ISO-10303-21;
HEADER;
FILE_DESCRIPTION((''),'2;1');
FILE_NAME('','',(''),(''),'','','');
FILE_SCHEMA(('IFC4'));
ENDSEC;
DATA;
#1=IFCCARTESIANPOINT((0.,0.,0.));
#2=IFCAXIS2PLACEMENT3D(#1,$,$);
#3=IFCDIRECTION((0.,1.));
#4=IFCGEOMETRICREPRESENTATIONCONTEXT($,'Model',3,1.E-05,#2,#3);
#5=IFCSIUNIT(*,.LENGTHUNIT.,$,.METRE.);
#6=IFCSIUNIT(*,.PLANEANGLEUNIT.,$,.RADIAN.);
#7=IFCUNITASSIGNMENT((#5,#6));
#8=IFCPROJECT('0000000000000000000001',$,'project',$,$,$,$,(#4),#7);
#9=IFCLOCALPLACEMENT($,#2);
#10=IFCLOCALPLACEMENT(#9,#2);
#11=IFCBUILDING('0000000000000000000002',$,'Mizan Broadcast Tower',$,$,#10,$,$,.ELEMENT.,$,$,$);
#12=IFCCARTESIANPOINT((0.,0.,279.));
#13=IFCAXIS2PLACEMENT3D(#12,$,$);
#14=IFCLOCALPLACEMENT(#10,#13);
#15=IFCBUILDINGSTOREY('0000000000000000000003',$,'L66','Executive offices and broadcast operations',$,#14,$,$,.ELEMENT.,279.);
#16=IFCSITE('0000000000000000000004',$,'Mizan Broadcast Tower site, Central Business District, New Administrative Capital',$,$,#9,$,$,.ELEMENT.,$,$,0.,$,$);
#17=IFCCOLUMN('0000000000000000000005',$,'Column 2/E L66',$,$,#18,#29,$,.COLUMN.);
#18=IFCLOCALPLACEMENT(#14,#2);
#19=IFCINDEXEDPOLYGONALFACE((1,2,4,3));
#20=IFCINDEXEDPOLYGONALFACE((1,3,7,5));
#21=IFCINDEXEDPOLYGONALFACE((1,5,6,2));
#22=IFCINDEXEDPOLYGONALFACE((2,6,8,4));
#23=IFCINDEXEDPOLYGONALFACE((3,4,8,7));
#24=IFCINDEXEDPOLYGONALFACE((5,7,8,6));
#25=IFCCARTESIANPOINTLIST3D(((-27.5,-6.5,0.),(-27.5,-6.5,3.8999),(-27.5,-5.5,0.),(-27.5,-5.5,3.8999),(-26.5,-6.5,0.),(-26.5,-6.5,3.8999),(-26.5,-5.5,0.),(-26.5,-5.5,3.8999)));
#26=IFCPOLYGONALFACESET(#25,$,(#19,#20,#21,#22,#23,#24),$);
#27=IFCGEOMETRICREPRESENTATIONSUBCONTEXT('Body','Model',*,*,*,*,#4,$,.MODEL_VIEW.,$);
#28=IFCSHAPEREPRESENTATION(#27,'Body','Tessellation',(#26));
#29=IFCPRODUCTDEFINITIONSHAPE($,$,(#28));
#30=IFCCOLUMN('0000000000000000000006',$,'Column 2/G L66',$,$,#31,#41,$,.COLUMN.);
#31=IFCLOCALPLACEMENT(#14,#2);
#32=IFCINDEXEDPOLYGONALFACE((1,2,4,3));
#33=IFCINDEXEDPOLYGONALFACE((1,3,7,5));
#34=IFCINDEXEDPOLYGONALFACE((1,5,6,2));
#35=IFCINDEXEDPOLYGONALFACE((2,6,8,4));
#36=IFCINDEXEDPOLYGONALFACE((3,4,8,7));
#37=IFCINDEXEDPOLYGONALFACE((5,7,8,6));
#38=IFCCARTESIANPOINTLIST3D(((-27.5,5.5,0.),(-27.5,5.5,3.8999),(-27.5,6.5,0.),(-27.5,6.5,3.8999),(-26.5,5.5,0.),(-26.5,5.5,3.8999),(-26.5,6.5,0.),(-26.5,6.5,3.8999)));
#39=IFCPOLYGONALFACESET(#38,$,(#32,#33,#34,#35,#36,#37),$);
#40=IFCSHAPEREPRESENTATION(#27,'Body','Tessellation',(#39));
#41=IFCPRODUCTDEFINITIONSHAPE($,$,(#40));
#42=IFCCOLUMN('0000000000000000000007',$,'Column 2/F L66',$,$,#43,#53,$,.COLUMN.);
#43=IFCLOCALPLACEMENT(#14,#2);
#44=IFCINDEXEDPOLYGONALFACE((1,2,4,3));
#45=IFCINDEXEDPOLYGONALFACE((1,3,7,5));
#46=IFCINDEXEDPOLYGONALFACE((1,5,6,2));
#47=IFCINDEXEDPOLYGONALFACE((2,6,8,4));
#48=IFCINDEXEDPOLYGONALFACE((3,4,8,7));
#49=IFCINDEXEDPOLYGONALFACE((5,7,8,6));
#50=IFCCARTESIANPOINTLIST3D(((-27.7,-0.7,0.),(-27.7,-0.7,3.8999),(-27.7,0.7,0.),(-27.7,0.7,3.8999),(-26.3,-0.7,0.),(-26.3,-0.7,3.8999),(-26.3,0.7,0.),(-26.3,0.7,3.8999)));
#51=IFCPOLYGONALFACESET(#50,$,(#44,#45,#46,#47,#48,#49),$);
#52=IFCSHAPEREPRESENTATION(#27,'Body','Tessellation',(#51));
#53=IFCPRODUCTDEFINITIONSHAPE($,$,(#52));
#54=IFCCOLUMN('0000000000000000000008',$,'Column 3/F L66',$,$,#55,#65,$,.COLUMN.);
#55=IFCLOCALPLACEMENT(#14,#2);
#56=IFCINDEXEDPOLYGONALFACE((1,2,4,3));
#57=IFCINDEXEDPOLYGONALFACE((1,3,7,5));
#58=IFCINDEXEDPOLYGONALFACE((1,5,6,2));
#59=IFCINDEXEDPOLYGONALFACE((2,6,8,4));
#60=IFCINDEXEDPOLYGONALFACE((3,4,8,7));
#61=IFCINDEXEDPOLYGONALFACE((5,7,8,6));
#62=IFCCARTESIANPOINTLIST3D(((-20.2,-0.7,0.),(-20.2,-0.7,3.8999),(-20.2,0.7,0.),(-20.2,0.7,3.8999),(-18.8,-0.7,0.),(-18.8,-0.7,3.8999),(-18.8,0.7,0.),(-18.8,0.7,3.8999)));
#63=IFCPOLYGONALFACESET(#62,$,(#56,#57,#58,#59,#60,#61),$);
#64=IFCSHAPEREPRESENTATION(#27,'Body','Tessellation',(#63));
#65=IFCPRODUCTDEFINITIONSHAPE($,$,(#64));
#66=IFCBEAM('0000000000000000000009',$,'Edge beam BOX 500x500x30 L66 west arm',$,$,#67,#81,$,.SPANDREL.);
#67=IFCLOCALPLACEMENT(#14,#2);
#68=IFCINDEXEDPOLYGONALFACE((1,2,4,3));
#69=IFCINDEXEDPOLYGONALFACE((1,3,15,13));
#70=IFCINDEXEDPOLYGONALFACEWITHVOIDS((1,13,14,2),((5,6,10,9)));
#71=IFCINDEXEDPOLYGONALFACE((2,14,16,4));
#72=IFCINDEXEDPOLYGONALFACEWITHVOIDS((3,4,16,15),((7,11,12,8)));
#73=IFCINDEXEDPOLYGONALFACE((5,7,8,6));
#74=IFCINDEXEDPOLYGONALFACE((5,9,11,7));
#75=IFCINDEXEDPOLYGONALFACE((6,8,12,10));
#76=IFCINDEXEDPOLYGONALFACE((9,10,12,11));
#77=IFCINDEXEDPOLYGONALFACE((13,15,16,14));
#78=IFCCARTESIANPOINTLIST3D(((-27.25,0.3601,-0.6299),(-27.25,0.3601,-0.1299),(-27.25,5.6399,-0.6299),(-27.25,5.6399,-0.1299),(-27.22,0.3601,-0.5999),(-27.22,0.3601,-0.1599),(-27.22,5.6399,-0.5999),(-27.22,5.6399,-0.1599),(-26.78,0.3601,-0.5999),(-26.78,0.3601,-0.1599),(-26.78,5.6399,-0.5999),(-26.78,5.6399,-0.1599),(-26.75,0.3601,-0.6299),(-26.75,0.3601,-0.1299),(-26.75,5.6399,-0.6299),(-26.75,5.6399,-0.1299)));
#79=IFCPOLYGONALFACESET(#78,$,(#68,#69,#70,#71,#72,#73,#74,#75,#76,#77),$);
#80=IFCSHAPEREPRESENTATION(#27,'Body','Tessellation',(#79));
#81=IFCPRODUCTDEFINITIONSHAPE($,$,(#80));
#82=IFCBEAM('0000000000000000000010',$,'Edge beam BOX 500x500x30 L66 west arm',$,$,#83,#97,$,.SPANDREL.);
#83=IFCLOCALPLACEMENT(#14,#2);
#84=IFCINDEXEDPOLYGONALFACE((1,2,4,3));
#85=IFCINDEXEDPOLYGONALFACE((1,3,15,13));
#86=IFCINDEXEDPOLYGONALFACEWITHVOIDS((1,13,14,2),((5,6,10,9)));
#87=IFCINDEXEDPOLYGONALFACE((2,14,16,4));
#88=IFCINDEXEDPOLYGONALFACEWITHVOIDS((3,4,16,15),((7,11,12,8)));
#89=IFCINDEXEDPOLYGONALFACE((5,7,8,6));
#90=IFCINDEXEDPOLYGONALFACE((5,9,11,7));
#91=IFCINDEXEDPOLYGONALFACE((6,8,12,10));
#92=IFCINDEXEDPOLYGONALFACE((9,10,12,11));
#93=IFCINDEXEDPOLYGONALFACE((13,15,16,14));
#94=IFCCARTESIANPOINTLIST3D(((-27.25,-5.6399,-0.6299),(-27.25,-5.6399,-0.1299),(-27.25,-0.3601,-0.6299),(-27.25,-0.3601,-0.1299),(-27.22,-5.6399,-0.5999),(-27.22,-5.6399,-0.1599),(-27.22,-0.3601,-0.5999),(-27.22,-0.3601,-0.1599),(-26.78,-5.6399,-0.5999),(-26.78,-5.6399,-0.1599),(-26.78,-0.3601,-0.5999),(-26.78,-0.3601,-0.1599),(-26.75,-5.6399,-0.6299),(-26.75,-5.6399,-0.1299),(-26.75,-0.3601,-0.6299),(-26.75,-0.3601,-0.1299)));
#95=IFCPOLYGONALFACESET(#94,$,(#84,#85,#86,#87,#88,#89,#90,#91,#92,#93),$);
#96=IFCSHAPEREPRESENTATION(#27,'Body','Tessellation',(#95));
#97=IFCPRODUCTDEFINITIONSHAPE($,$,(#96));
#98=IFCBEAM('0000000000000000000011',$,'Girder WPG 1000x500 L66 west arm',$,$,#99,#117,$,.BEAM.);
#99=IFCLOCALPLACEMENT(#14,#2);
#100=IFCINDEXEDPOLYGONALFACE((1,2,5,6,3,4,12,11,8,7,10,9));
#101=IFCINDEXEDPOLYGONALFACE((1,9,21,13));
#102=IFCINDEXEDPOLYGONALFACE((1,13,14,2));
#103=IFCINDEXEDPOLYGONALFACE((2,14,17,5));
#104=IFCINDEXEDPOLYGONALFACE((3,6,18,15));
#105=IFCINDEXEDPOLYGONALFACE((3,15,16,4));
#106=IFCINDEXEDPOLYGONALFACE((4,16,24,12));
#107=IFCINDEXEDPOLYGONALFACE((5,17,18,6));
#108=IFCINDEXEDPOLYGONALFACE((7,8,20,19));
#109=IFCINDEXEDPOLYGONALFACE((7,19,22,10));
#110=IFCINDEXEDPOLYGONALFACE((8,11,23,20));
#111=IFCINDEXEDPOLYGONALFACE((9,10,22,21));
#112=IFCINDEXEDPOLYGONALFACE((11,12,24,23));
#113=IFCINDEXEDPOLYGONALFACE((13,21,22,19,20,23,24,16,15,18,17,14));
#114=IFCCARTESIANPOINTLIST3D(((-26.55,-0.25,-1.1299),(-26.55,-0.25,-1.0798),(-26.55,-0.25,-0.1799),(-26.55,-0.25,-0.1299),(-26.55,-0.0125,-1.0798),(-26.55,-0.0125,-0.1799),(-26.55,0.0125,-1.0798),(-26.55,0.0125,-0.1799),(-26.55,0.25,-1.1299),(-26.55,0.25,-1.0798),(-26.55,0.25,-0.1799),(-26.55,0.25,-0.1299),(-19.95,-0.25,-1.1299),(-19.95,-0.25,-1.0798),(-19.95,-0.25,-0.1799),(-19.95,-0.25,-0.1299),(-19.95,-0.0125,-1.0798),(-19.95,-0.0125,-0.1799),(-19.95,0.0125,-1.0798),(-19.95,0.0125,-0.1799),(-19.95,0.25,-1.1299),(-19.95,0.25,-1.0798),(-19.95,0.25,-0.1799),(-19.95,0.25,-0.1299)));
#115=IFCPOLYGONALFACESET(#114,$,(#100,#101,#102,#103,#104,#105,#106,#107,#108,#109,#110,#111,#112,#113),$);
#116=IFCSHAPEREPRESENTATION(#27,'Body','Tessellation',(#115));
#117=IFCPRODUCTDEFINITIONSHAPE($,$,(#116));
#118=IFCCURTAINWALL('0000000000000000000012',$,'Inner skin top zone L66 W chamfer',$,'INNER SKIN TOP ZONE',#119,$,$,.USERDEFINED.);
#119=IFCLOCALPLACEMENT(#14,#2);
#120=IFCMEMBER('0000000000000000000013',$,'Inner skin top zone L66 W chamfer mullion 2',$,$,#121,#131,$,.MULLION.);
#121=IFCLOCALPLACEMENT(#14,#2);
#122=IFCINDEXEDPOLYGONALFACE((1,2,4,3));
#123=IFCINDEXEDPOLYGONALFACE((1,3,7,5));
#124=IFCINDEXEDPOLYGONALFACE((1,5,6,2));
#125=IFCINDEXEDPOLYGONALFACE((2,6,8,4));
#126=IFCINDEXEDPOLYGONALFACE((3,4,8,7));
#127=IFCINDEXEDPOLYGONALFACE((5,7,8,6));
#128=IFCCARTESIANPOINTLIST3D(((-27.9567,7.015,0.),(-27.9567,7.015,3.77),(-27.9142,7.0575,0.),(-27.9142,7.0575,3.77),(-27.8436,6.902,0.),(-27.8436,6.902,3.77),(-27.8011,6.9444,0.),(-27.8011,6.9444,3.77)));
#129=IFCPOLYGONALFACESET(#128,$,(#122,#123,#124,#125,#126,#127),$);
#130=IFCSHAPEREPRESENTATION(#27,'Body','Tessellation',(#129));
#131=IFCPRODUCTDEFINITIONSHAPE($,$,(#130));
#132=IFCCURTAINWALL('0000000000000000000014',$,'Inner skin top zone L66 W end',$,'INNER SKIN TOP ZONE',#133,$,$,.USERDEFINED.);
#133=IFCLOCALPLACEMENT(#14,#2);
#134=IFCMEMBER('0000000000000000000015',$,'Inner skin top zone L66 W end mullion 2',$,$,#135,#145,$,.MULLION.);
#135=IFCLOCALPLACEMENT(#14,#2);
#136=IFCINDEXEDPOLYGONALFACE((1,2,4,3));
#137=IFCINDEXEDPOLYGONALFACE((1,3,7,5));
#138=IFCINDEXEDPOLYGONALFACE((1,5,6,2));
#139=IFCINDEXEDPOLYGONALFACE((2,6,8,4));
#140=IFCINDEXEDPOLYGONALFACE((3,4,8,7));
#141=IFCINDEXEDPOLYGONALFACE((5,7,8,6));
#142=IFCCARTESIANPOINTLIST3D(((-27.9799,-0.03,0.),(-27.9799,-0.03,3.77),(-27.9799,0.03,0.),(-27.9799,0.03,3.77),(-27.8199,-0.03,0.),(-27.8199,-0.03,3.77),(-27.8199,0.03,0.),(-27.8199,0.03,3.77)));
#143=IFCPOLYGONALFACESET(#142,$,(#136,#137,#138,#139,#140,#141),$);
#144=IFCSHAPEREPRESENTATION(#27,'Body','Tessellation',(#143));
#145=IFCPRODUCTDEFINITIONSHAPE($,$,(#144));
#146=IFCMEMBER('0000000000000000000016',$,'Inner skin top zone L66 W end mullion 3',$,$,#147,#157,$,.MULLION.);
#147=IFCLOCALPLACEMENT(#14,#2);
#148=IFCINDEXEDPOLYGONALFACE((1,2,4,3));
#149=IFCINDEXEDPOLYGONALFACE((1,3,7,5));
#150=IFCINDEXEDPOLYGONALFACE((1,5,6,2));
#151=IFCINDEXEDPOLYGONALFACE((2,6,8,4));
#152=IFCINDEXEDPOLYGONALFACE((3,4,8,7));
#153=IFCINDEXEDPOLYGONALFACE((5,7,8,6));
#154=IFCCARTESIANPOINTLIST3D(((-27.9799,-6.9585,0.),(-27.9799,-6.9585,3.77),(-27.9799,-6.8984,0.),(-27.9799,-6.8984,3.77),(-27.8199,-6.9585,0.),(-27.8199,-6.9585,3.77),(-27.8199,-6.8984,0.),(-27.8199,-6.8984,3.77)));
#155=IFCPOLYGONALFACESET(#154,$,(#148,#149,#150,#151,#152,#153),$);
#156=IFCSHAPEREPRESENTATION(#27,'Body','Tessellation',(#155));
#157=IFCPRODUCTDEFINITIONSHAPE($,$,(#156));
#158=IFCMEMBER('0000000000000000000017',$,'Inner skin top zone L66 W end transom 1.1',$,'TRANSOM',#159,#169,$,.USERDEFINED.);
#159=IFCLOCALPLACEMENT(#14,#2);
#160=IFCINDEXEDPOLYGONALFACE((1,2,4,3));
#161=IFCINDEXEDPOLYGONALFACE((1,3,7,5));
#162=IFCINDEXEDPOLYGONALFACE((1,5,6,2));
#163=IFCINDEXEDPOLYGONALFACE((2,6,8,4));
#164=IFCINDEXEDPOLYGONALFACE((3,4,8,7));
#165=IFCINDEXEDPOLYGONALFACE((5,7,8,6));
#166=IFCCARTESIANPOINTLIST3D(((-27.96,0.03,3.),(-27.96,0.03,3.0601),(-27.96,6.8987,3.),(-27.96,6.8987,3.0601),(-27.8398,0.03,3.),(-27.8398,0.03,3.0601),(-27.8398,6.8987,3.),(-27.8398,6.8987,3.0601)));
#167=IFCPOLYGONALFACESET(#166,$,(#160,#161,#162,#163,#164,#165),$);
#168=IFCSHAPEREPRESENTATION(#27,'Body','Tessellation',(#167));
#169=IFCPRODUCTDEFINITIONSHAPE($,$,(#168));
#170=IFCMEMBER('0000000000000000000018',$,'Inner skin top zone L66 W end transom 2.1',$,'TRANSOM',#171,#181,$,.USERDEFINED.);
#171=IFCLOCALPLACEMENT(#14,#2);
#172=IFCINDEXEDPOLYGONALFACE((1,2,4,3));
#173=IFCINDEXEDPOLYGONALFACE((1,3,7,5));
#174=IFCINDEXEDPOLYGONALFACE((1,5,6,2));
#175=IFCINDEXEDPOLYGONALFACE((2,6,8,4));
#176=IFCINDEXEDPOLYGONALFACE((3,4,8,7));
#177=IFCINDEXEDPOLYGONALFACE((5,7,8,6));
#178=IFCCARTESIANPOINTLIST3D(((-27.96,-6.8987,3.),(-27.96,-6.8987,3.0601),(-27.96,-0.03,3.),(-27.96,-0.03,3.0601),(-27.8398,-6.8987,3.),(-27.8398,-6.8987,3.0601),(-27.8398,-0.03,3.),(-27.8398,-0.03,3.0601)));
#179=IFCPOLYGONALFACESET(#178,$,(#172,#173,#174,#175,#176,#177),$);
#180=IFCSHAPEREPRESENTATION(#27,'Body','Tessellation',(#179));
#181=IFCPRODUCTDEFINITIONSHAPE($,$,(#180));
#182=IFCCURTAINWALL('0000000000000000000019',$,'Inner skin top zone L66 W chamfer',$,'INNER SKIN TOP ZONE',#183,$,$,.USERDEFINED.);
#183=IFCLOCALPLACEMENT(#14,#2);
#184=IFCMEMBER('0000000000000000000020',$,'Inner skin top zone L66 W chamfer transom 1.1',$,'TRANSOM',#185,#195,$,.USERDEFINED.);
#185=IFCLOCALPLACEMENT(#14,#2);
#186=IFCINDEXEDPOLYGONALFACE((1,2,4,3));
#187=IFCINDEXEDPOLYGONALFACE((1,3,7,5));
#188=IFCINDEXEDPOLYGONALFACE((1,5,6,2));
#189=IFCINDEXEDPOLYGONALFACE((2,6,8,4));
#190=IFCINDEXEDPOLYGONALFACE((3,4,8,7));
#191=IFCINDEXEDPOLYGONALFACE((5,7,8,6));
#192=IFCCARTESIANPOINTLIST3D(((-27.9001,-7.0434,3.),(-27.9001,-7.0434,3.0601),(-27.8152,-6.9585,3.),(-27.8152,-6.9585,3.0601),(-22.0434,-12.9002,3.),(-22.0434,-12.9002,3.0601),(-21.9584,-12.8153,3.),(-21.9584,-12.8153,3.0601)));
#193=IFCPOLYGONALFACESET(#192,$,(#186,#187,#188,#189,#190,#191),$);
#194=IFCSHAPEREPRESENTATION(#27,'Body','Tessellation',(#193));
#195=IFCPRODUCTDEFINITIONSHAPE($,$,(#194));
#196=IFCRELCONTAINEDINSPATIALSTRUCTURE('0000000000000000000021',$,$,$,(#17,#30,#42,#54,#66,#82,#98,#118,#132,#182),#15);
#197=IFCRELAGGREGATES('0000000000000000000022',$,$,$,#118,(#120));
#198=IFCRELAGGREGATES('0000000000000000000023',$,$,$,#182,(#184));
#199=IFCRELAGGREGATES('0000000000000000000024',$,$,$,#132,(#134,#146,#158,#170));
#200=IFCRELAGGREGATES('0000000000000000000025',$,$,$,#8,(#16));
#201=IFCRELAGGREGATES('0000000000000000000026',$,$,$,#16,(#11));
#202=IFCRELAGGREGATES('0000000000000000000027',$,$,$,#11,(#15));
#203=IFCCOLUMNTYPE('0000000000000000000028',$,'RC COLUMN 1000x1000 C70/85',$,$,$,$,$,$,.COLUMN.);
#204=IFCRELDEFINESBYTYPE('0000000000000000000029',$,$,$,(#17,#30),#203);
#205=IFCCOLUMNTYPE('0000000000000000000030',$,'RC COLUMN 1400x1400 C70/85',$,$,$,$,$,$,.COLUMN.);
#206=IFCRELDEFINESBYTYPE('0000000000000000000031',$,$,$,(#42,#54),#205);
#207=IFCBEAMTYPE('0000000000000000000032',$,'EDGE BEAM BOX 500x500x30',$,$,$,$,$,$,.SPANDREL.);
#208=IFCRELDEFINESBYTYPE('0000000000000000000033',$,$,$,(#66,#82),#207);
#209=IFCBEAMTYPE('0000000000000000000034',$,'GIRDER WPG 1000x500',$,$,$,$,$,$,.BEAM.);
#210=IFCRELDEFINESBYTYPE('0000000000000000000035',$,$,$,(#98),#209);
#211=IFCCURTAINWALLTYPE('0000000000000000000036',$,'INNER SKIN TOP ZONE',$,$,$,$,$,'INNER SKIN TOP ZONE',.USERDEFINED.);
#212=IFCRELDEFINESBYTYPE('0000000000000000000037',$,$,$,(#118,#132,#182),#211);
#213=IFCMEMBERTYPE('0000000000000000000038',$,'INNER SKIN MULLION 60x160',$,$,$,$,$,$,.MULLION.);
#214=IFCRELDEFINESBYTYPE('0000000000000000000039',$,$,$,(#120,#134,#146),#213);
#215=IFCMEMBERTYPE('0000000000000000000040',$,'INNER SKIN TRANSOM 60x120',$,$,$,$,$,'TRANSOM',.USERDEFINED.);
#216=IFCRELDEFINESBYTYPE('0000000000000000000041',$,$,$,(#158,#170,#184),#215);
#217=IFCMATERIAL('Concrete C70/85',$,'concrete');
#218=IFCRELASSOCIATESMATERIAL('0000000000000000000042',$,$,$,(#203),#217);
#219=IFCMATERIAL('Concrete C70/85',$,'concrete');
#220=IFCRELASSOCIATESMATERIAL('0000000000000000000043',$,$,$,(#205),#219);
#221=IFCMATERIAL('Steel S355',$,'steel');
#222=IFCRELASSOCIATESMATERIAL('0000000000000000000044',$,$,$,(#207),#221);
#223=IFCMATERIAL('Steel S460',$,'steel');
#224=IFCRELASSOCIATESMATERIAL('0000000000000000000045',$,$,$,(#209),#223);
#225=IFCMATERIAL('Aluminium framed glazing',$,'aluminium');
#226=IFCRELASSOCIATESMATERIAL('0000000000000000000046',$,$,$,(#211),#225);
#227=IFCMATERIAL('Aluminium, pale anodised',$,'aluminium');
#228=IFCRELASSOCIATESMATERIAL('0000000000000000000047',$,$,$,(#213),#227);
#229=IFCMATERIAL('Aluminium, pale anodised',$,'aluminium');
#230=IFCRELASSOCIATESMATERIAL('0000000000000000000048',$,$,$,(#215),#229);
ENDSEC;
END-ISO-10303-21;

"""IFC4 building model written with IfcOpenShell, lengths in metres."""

from ifc_helpers import new_model, si_unit, direction, frame, origin, origin_2d, place, context, subcontext, project, spatial, rectangle, hollow_rectangle, i_section, extrude, material, material_profile, profile_set, type_object, element, aggregate, save


model = new_model("IFC4")

# Units and contexts
model_context = context("Model", 3, precision=1e-05, world=origin(), true_north=direction((0.0, 1.0)))
body_context = subcontext(model_context, "Body", "Model", "MODEL_VIEW")
ifc_project = project(units=[si_unit("LENGTHUNIT", "METRE"), si_unit("PLANEANGLEUNIT", "RADIAN")], contexts=[model_context])

# Site, building, storey
site_placement = place(None, origin())
site = spatial("IfcSite", under=ifc_project, at=site_placement, Name="Mizan Broadcast Tower site, Central Business District, New Administrative Capital", CompositionType="ELEMENT", RefElevation=0.0)
building_placement = place(site_placement, origin())
building = spatial("IfcBuilding", under=site, at=building_placement, Name="Mizan Broadcast Tower", CompositionType="ELEMENT")
storey_placement = place(building_placement, frame((0.0, 0.0, 279.0)))
storey = spatial("IfcBuildingStorey", under=building, at=storey_placement, Name="L66", Description="Executive offices and broadcast operations", CompositionType="ELEMENT", Elevation=279.0)

# Columns
ifc_material_1 = material(Name="Concrete C70/85", Category="concrete")
ifc_material_profile_1 = material_profile(ifc_material_1, rectangle(XDim=1.0, YDim=1.0, at=origin_2d()), Name="RC 1000x1000")
ifc_profile_set_1 = profile_set([ifc_material_profile_1], Name="Concrete C70/85")
column_type_1 = type_object("IfcColumnType", Name="RC COLUMN 1000x1000 C70/85", PredefinedType="COLUMN", material=ifc_profile_set_1)
for number, where, z_axis, x_axis, name in (
    (1, (-27.0, -6.0, 0.0), (0.0, 0.0, 1.0), (1.0, 0.0, 0.0), "Column 2/E L66"),
    (2, (-27.0, 6.0, 0.0), (0.0, 0.0, 1.0), (1.0, 0.0, 0.0), "Column 2/G L66"),
):
    element("IfcColumn", number, at=place(storey_placement, frame(where, z_axis=z_axis, x_axis=x_axis)), inside=storey, type_object=column_type_1, Name=name, PredefinedType="COLUMN", context=body_context, shape_type="SweptSolid", body=[
        extrude(rectangle(XDim=1.0, YDim=1.0, at=origin_2d()), origin(), (0.0, 0.0, 1.0), 3.8999),
    ])
ifc_material_2 = material(Name="Concrete C70/85", Category="concrete")
ifc_material_profile_2 = material_profile(ifc_material_2, rectangle(XDim=1.3999, YDim=1.3999, at=origin_2d()), Name="RC 1400x1400")
ifc_profile_set_2 = profile_set([ifc_material_profile_2], Name="Concrete C70/85")
column_type_2 = type_object("IfcColumnType", Name="RC COLUMN 1400x1400 C70/85", PredefinedType="COLUMN", material=ifc_profile_set_2)
for number, where, z_axis, x_axis, name in (
    (3, (-27.0, 0.0, 0.0), (0.0, 0.0, 1.0), (1.0, 0.0, 0.0), "Column 2/F L66"),
    (4, (-19.5, 0.0, 0.0), (0.0, 0.0, 1.0), (1.0, 0.0, 0.0), "Column 3/F L66"),
):
    element("IfcColumn", number, at=place(storey_placement, frame(where, z_axis=z_axis, x_axis=x_axis)), inside=storey, type_object=column_type_2, Name=name, PredefinedType="COLUMN", context=body_context, shape_type="SweptSolid", body=[
        extrude(rectangle(XDim=1.3999, YDim=1.3999, at=origin_2d()), origin(), (0.0, 0.0, 1.0), 3.8999),
    ])

# Beams
ifc_material_3 = material(Name="Steel S355", Category="steel")
ifc_material_profile_3 = material_profile(ifc_material_3, hollow_rectangle(XDim=0.5, YDim=0.5, WallThickness=0.03, at=origin_2d()), Name="BOX 500x500x30")
ifc_profile_set_3 = profile_set([ifc_material_profile_3], Name="Steel S355")
beam_type_1 = type_object("IfcBeamType", Name="EDGE BEAM BOX 500x500x30", PredefinedType="SPANDREL", material=ifc_profile_set_3)
for number, where, z_axis, x_axis, name in (
    (5, (-27.0, 5.6399, -0.3799), (0.0, -1.0, 0.0), (1.0, 0.0, 0.0), "Edge beam BOX 500x500x30 L66 west arm"),
    (6, (-27.0, -5.6399, -0.3799), (0.0, 1.0, 0.0), (-1.0, 0.0, 0.0), "Edge beam BOX 500x500x30 L66 west arm"),
):
    element("IfcBeam", number, at=place(storey_placement, frame(where, z_axis=z_axis, x_axis=x_axis)), inside=storey, type_object=beam_type_1, Name=name, PredefinedType="SPANDREL", context=body_context, shape_type="SweptSolid", body=[
        extrude(hollow_rectangle(XDim=0.5, YDim=0.5, WallThickness=0.03, at=origin_2d()), origin(), (0.0, 0.0, 1.0), 5.2798),
    ])
ifc_material_4 = material(Name="Steel S460", Category="steel")
ifc_material_profile_4 = material_profile(ifc_material_4, i_section(OverallWidth=0.5, OverallDepth=1.0, WebThickness=0.0249, FlangeThickness=0.05, at=origin_2d()), Name="WPG 1000x500")
ifc_profile_set_4 = profile_set([ifc_material_profile_4], Name="Steel S460")
beam_type_2 = type_object("IfcBeamType", Name="GIRDER WPG 1000x500", PredefinedType="BEAM", material=ifc_profile_set_4)
beam_placement = place(storey_placement, frame((-19.95, 0.0, -0.6299), z_axis=(-1.0, 0.0, 0.0), x_axis=(0.0, -1.0, 0.0)))
element("IfcBeam", 7, at=beam_placement, inside=storey, type_object=beam_type_2, Name="Girder WPG 1000x500 L66 west arm", PredefinedType="BEAM", context=body_context, shape_type="SweptSolid", body=[
    extrude(i_section(OverallWidth=0.5, OverallDepth=1.0, WebThickness=0.0249, FlangeThickness=0.05, at=origin_2d()), origin(), (0.0, 0.0, 1.0), 6.6001),
])

# Curtain wall, member
ifc_material_5 = material(Name="Aluminium framed glazing", Category="aluminium")
curtain_wall_type_1 = type_object("IfcCurtainWallType", Name="INNER SKIN TOP ZONE", ElementType="INNER SKIN TOP ZONE", PredefinedType="USERDEFINED", material=ifc_material_5)
curtain_wall_1_placement = place(storey_placement, origin())
curtain_wall_1 = element("IfcCurtainWall", 8, at=curtain_wall_1_placement, inside=storey, type_object=curtain_wall_type_1, Name="Inner skin top zone L66 W chamfer", ObjectType="INNER SKIN TOP ZONE", PredefinedType="USERDEFINED")
ifc_material_6 = material(Name="Aluminium, pale anodised", Category="aluminium")
ifc_material_profile_5 = material_profile(ifc_material_6, rectangle(XDim=0.1599, YDim=0.0601, at=origin_2d()), Name="MULLION 160x60")
ifc_profile_set_5 = profile_set([ifc_material_profile_5], Name="Aluminium, pale anodised")
member_type_1 = type_object("IfcMemberType", Name="INNER SKIN MULLION 60x160", PredefinedType="MULLION", material=ifc_profile_set_5)
member_1_placement = place(storey_placement, frame((-27.8789, 6.9797, 0.0), z_axis=(0.0, 0.0, 1.0), x_axis=(0.707107, -0.707107, 0.0)))
member_1 = element("IfcMember", 9, at=member_1_placement, type_object=member_type_1, Name="Inner skin top zone L66 W chamfer mullion 2", PredefinedType="MULLION", context=body_context, shape_type="SweptSolid", body=[
    extrude(rectangle(XDim=0.1599, YDim=0.0601, at=origin_2d()), origin(), (0.0, 0.0, 1.0), 3.77),
])
aggregate(curtain_wall_1, [member_1])

# Curtain wall, members
curtain_wall_2_placement = place(storey_placement, origin())
curtain_wall_2 = element("IfcCurtainWall", 10, at=curtain_wall_2_placement, inside=storey, type_object=curtain_wall_type_1, Name="Inner skin top zone L66 W end", ObjectType="INNER SKIN TOP ZONE", PredefinedType="USERDEFINED")
member_2_placement = place(storey_placement, frame((-27.8999, 0.0, 0.0), z_axis=(0.0, 0.0, 1.0), x_axis=(1.0, 0.0, 0.0)))
member_2 = element("IfcMember", 11, at=member_2_placement, type_object=member_type_1, Name="Inner skin top zone L66 W end mullion 2", PredefinedType="MULLION", context=body_context, shape_type="SweptSolid", body=[
    extrude(rectangle(XDim=0.1599, YDim=0.0601, at=origin_2d()), origin(), (0.0, 0.0, 1.0), 3.77),
])
member_3_placement = place(storey_placement, frame((-27.8999, -6.9285, 0.0), z_axis=(0.0, 0.0, 1.0), x_axis=(1.0, 0.0, 0.0)))
member_3 = element("IfcMember", 12, at=member_3_placement, type_object=member_type_1, Name="Inner skin top zone L66 W end mullion 3", PredefinedType="MULLION", context=body_context, shape_type="SweptSolid", body=[
    extrude(rectangle(XDim=0.1599, YDim=0.0601, at=origin_2d()), origin(), (0.0, 0.0, 1.0), 3.77),
])
ifc_material_7 = material(Name="Aluminium, pale anodised", Category="aluminium")
ifc_material_profile_6 = material_profile(ifc_material_7, rectangle(XDim=0.1201, YDim=0.0601, at=origin_2d()), Name="TRANSOM 120x60")
ifc_profile_set_6 = profile_set([ifc_material_profile_6], Name="Aluminium, pale anodised")
member_type_2 = type_object("IfcMemberType", Name="INNER SKIN TRANSOM 60x120", ElementType="TRANSOM", PredefinedType="USERDEFINED", material=ifc_profile_set_6)
member_4_placement = place(storey_placement, frame((-27.8999, 6.8987, 3.03), z_axis=(0.0, -1.0, 0.0), x_axis=(1.0, 0.0, 0.0)))
member_4 = element("IfcMember", 13, at=member_4_placement, type_object=member_type_2, Name="Inner skin top zone L66 W end transom 1.1", ObjectType="TRANSOM", PredefinedType="USERDEFINED", context=body_context, shape_type="SweptSolid", body=[
    extrude(rectangle(XDim=0.1201, YDim=0.0601, at=origin_2d()), origin(), (0.0, 0.0, 1.0), 6.8687),
])
member_5_placement = place(storey_placement, frame((-27.8999, -0.03, 3.03), z_axis=(0.0, -1.0, 0.0), x_axis=(1.0, 0.0, 0.0)))
member_5 = element("IfcMember", 14, at=member_5_placement, type_object=member_type_2, Name="Inner skin top zone L66 W end transom 2.1", ObjectType="TRANSOM", PredefinedType="USERDEFINED", context=body_context, shape_type="SweptSolid", body=[
    extrude(rectangle(XDim=0.1201, YDim=0.0601, at=origin_2d()), origin(), (0.0, 0.0, 1.0), 6.8687),
])

# Curtain wall, member
curtain_wall_3_placement = place(storey_placement, origin())
curtain_wall_3 = element("IfcCurtainWall", 15, at=curtain_wall_3_placement, inside=storey, type_object=curtain_wall_type_1, Name="Inner skin top zone L66 W chamfer", ObjectType="INNER SKIN TOP ZONE", PredefinedType="USERDEFINED")
member_6_placement = place(storey_placement, frame((-27.8577, -7.001, 3.03), z_axis=(0.707107, -0.707107, 0.0), x_axis=(0.707107, 0.707107, 0.0)))
member_6 = element("IfcMember", 16, at=member_6_placement, type_object=member_type_2, Name="Inner skin top zone L66 W chamfer transom 1.1", ObjectType="TRANSOM", PredefinedType="USERDEFINED", context=body_context, shape_type="SweptSolid", body=[
    extrude(rectangle(XDim=0.1201, YDim=0.0601, at=origin_2d()), origin(), (0.0, 0.0, 1.0), 8.2827),
])
aggregate(curtain_wall_3, [member_6])

aggregate(curtain_wall_2, [member_2, member_3, member_4, member_5])

save(model, "model.ifc")
